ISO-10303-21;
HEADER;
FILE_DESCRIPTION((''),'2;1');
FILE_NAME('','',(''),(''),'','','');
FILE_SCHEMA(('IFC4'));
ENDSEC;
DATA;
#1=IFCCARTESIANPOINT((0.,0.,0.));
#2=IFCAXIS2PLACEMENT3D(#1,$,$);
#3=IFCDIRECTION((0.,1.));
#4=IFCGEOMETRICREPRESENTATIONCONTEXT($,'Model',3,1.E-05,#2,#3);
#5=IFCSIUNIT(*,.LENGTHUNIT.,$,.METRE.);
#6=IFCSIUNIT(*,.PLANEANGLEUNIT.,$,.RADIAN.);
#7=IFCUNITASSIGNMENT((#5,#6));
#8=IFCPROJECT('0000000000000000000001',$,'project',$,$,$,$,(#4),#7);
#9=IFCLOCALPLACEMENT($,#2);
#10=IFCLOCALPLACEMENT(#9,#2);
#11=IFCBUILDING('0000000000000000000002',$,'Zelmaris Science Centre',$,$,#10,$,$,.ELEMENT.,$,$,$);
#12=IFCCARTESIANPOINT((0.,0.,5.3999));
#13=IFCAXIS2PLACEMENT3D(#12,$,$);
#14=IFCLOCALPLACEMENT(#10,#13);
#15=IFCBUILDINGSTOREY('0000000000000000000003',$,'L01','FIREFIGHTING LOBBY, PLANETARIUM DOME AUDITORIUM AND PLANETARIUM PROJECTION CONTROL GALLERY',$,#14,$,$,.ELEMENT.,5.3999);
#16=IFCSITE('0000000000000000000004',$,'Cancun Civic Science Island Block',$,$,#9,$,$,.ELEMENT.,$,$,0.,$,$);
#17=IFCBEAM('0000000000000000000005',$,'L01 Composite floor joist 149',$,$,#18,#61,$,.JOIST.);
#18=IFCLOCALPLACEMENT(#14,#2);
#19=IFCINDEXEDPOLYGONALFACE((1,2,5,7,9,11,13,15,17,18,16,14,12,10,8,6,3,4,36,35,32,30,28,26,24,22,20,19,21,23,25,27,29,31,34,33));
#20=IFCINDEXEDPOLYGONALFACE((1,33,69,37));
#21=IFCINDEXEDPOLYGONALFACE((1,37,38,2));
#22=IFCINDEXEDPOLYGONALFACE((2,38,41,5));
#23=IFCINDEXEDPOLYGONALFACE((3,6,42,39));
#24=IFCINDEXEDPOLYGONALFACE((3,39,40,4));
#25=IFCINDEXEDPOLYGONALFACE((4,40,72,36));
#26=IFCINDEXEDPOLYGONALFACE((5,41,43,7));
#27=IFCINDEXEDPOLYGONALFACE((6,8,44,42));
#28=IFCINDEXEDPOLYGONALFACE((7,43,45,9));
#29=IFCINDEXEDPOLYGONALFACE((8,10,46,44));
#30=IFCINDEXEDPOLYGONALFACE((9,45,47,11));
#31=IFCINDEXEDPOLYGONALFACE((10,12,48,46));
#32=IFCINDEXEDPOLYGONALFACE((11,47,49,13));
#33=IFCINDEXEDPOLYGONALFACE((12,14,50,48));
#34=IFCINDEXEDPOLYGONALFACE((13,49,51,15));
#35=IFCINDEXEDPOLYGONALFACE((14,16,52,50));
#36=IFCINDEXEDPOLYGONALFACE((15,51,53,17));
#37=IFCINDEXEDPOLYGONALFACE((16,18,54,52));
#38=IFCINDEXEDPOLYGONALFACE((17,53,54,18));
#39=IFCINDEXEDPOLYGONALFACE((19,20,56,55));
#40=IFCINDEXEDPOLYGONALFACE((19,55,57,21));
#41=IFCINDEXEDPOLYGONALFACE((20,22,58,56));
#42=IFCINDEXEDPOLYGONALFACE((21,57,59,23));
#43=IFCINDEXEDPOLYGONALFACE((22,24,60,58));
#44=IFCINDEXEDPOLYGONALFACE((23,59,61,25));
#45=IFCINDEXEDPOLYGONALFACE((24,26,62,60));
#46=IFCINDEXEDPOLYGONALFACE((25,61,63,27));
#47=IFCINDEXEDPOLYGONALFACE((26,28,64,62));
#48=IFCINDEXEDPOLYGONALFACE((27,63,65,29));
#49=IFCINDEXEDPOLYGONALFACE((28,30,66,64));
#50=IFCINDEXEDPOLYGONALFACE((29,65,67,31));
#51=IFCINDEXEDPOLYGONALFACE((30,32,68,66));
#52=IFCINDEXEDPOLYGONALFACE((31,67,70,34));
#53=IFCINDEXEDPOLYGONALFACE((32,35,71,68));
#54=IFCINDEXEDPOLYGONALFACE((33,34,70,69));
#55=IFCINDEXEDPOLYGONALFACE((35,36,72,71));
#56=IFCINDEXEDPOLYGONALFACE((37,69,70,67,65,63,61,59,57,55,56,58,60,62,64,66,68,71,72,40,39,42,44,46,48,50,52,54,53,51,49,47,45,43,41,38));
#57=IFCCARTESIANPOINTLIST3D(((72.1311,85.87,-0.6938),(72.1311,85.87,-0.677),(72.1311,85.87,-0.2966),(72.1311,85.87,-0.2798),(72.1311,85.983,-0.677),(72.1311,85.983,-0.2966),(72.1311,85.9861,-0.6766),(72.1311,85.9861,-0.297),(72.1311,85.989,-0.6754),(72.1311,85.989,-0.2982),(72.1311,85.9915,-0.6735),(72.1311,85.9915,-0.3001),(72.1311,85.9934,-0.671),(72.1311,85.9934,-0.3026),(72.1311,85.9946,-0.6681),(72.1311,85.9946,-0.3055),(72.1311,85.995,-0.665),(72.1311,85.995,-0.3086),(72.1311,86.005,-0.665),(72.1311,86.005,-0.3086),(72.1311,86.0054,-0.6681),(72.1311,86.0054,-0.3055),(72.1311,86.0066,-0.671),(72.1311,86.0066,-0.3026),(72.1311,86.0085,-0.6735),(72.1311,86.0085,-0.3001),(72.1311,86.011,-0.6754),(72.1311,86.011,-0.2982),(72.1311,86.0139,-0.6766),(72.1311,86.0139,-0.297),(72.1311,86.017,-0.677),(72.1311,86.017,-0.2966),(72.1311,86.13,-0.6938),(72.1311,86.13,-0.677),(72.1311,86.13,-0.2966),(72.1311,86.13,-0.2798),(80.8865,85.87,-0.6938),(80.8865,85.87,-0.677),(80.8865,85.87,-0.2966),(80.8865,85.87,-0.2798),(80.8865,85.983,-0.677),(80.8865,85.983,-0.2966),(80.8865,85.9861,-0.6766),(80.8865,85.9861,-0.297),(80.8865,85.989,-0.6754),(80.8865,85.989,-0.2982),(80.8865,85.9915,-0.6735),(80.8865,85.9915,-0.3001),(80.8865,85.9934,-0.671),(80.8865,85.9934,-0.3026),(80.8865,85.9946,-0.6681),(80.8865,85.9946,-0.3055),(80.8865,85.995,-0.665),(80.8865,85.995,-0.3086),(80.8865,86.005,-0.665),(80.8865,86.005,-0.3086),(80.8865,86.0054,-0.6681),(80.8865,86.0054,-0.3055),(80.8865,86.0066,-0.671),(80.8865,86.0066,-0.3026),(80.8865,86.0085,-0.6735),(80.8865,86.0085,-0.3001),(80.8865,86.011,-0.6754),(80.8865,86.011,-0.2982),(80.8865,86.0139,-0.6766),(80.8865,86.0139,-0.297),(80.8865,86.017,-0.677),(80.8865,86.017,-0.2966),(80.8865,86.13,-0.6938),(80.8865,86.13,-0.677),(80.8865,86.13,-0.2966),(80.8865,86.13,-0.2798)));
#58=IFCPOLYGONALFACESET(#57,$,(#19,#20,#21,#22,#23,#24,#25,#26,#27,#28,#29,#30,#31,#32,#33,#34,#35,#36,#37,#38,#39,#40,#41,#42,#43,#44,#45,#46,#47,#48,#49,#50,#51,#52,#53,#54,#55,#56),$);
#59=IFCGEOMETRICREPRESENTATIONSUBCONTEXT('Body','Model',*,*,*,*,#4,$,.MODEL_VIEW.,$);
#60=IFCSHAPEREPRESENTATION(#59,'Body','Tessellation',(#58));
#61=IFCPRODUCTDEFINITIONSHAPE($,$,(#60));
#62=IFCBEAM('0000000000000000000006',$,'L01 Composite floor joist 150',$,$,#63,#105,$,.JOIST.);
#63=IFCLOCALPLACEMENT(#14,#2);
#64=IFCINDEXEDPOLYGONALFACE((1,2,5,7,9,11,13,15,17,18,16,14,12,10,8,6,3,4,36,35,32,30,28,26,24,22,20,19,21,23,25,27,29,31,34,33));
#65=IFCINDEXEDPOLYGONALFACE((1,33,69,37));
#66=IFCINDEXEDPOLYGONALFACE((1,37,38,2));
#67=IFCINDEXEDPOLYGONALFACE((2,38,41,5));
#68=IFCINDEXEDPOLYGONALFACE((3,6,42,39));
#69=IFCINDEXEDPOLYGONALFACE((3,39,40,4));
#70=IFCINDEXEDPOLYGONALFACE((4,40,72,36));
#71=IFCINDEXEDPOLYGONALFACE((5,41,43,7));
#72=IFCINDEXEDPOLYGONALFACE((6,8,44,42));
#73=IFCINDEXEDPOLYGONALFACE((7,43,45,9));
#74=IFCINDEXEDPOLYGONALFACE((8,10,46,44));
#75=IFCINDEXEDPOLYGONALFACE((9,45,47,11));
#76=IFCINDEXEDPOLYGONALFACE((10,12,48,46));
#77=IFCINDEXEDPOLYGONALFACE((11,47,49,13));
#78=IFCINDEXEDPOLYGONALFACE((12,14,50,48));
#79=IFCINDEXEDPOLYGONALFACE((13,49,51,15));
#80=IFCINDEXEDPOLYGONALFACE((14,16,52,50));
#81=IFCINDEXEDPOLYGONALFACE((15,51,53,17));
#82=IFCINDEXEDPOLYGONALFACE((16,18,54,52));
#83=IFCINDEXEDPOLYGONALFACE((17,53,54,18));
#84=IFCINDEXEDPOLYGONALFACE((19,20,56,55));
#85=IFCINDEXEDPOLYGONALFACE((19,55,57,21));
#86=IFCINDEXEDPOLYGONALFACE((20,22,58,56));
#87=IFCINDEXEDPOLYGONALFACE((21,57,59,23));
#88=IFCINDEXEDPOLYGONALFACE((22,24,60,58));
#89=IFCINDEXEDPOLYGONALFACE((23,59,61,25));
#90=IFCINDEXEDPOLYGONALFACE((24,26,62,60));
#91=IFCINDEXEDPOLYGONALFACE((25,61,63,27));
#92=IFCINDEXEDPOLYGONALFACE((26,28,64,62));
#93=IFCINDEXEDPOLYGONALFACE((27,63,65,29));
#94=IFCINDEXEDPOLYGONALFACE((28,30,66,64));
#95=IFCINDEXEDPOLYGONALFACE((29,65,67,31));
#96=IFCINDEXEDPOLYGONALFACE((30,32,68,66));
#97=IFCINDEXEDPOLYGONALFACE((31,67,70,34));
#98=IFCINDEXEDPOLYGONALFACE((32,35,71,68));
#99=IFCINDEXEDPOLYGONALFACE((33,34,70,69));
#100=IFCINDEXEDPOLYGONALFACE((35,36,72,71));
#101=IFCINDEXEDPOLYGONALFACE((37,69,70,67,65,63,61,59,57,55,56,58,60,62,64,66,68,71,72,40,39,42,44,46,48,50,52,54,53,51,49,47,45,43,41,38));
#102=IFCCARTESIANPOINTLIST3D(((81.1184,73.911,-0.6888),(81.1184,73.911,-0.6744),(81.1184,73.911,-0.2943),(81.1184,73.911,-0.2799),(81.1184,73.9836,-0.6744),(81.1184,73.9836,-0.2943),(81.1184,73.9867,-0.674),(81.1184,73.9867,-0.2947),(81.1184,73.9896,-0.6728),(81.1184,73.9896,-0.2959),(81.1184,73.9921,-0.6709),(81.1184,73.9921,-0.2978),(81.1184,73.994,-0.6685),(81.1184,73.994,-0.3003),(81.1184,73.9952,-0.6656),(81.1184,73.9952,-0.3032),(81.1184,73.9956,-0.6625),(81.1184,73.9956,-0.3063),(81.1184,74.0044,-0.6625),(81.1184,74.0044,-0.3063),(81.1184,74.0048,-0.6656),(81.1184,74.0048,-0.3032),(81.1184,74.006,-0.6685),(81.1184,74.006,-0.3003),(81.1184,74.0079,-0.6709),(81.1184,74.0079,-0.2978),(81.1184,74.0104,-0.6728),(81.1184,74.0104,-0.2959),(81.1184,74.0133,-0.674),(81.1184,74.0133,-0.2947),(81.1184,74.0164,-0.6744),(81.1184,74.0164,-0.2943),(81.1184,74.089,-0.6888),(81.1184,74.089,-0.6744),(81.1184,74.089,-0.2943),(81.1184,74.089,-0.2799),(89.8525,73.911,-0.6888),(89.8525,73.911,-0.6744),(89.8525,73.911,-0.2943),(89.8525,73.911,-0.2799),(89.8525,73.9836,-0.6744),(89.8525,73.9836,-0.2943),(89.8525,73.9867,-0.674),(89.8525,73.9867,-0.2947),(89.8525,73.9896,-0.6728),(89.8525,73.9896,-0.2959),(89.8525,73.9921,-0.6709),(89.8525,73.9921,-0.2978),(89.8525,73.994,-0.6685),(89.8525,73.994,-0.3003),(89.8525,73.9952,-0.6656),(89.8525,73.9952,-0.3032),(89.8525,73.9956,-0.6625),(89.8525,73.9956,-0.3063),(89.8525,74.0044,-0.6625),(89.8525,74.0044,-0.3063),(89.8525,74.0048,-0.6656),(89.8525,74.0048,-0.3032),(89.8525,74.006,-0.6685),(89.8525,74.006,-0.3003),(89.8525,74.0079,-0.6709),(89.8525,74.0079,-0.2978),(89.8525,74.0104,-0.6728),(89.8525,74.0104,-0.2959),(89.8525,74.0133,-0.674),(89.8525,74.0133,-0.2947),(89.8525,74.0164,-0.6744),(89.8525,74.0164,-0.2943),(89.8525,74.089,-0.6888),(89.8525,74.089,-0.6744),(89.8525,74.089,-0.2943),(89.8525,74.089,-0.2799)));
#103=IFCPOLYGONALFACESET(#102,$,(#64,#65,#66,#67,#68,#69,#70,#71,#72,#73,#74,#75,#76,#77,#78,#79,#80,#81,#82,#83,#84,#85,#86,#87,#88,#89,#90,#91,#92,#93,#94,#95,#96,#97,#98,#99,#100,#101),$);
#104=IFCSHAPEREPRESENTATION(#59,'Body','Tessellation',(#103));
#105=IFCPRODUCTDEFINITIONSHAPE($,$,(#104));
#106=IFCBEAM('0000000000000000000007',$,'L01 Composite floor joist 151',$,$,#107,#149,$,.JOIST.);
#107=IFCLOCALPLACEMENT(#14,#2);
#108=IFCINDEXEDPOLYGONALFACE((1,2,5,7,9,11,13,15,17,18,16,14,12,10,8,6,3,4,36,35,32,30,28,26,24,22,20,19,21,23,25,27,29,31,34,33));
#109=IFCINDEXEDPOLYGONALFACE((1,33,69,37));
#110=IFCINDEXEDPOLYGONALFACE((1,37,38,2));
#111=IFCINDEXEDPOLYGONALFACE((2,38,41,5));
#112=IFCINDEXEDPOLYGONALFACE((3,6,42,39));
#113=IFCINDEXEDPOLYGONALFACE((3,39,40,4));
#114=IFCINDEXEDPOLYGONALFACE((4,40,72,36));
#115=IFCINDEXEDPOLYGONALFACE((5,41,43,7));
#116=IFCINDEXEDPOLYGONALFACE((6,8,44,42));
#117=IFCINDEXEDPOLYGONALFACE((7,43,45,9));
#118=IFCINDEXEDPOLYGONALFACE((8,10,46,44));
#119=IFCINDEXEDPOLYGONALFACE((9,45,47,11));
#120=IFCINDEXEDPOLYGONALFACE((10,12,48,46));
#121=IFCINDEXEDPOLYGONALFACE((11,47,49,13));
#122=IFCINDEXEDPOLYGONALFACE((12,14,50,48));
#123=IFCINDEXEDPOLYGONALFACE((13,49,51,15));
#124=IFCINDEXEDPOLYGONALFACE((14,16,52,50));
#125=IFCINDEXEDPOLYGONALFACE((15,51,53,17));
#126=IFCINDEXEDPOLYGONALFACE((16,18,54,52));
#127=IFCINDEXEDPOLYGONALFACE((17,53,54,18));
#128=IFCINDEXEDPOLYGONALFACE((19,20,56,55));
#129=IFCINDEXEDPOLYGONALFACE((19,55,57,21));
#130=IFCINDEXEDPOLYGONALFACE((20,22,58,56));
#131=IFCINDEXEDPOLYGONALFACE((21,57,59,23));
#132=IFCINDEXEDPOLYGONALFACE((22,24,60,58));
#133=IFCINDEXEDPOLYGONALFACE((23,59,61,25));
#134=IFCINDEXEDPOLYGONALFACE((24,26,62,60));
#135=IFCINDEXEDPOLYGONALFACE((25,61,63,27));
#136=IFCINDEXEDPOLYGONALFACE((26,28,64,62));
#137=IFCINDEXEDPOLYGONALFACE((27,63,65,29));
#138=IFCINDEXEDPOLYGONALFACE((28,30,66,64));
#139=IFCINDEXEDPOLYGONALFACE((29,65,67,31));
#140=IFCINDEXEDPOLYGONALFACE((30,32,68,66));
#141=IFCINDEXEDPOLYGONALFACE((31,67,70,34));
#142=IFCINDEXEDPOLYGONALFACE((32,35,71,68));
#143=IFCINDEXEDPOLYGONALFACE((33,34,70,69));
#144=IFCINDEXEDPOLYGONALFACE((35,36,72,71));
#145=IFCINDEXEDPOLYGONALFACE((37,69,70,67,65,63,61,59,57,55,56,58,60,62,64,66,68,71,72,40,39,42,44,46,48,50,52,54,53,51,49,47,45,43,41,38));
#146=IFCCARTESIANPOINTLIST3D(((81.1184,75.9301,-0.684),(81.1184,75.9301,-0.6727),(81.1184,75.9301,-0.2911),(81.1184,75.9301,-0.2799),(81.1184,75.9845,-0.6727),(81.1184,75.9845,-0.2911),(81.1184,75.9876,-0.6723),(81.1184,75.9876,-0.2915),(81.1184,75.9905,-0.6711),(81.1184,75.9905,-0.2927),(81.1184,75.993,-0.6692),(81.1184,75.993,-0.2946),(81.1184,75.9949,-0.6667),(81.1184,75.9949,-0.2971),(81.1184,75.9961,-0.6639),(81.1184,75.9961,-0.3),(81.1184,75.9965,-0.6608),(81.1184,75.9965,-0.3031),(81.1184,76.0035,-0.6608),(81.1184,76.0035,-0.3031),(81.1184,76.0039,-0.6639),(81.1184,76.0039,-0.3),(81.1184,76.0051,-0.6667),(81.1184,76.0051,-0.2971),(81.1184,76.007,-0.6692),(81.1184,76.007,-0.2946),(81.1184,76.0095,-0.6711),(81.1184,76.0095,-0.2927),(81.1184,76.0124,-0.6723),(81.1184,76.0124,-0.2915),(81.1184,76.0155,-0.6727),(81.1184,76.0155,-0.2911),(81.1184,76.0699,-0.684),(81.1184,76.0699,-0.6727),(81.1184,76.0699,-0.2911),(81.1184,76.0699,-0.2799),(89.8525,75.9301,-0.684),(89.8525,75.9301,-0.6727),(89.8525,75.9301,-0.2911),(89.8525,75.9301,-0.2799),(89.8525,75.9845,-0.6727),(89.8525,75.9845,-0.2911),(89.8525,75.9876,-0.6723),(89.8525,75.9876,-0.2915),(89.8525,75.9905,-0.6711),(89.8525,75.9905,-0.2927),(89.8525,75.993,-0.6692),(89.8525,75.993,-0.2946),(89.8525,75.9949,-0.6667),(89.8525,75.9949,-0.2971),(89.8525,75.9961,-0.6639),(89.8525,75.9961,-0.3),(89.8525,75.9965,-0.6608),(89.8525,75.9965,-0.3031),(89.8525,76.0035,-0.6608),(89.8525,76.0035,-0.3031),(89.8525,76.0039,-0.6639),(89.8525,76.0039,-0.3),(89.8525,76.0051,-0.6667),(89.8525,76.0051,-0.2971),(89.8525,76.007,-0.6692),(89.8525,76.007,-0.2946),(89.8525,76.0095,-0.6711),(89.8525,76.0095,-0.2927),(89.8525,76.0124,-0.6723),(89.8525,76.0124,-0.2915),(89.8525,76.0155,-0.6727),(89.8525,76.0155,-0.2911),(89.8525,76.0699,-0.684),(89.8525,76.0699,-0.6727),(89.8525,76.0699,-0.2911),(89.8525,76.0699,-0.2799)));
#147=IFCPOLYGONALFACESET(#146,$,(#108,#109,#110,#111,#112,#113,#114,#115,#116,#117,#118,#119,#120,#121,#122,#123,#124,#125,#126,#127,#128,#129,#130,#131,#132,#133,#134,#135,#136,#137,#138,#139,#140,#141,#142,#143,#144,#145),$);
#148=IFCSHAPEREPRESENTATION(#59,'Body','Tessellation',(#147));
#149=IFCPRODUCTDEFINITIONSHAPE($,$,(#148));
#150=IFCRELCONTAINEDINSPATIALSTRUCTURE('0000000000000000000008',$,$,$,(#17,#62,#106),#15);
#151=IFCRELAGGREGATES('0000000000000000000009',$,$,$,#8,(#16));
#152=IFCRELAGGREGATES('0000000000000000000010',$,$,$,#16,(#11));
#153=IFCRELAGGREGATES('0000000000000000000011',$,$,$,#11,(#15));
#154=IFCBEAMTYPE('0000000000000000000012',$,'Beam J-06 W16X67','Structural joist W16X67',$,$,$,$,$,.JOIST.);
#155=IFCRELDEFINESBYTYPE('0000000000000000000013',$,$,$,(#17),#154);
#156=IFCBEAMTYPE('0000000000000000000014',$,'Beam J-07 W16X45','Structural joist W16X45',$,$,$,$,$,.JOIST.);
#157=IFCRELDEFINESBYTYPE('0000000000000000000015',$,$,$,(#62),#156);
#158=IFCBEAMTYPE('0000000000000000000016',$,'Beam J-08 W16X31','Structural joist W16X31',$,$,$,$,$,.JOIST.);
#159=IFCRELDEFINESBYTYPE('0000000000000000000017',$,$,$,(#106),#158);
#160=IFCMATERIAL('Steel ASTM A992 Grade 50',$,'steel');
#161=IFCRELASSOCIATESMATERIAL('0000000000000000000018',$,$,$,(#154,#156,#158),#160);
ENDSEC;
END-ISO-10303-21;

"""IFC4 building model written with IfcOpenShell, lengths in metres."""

from ifc_helpers import new_model, si_unit, direction, frame, origin, origin_2d, place, context, subcontext, project, spatial, i_section, extrude, material, material_profile, profile_set, type_object, element, save


model = new_model("IFC4")

# Units and contexts
model_context = context("Model", 3, precision=1e-05, world=origin(), true_north=direction((0.0, 1.0)))
body_context = subcontext(model_context, "Body", "Model", "MODEL_VIEW")
ifc_project = project(units=[si_unit("LENGTHUNIT", "METRE"), si_unit("PLANEANGLEUNIT", "RADIAN")], contexts=[model_context])

# Site, building, storey
site_placement = place(None, origin())
site = spatial("IfcSite", under=ifc_project, at=site_placement, Name="Cancun Civic Science Island Block", CompositionType="ELEMENT", RefElevation=0.0)
building_placement = place(site_placement, origin())
building = spatial("IfcBuilding", under=site, at=building_placement, Name="Zelmaris Science Centre", CompositionType="ELEMENT")
storey_placement = place(building_placement, frame((0.0, 0.0, 5.3999)))
storey = spatial("IfcBuildingStorey", under=building, at=storey_placement, Name="L01", Description="FIREFIGHTING LOBBY, PLANETARIUM DOME AUDITORIUM AND PLANETARIUM PROJECTION CONTROL GALLERY", CompositionType="ELEMENT", Elevation=5.3999)

# Shared definitions
ifc_material_1 = material(Name="Steel ASTM A992 Grade 50", Category="steel")

# Beams
ifc_material_profile_1 = material_profile(ifc_material_1, i_section(OverallWidth=0.26, OverallDepth=0.4141, WebThickness=0.01, FlangeThickness=0.0168, FilletRadius=0.012, at=origin_2d()), Name="W16X67")
ifc_profile_set_1 = profile_set([ifc_material_profile_1], Name="Steel ASTM A992 Grade 50")
beam_type_1 = type_object("IfcBeamType", Name="Beam J-06 W16X67", Description="Structural joist W16X67", PredefinedType="JOIST", material=ifc_profile_set_1)
beam_1_placement = place(storey_placement, frame((72.1311, 86.0, -0.4868), z_axis=(1.0, 0.0, 0.0), x_axis=(0.0, 1.0, 0.0)))
element("IfcBeam", 1, at=beam_1_placement, inside=storey, type_object=beam_type_1, Name="L01 Composite floor joist 149", PredefinedType="JOIST", context=body_context, shape_type="SweptSolid", body=[
    extrude(i_section(OverallWidth=0.26, OverallDepth=0.4141, WebThickness=0.01, FlangeThickness=0.0168, FilletRadius=0.012, at=origin_2d()), origin(), (0.0, 0.0, 1.0), 8.7554),
])
ifc_material_profile_2 = material_profile(ifc_material_1, i_section(OverallWidth=0.178, OverallDepth=0.4089, WebThickness=0.0088, FlangeThickness=0.0144, FilletRadius=0.012, at=origin_2d()), Name="W16X45")
ifc_profile_set_2 = profile_set([ifc_material_profile_2], Name="Steel ASTM A992 Grade 50")
beam_type_2 = type_object("IfcBeamType", Name="Beam J-07 W16X45", Description="Structural joist W16X45", PredefinedType="JOIST", material=ifc_profile_set_2)
beam_2_placement = place(storey_placement, frame((81.1184, 74.0, -0.4844), z_axis=(1.0, 0.0, 0.0), x_axis=(0.0, 1.0, 0.0)))
element("IfcBeam", 2, at=beam_2_placement, inside=storey, type_object=beam_type_2, Name="L01 Composite floor joist 150", PredefinedType="JOIST", context=body_context, shape_type="SweptSolid", body=[
    extrude(i_section(OverallWidth=0.178, OverallDepth=0.4089, WebThickness=0.0088, FlangeThickness=0.0144, FilletRadius=0.012, at=origin_2d()), origin(), (0.0, 0.0, 1.0), 8.7341),
])
ifc_material_profile_3 = material_profile(ifc_material_1, i_section(OverallWidth=0.1399, OverallDepth=0.4041, WebThickness=0.0071, FlangeThickness=0.0112, FilletRadius=0.012, at=origin_2d()), Name="W16X31")
ifc_profile_set_3 = profile_set([ifc_material_profile_3], Name="Steel ASTM A992 Grade 50")
beam_type_3 = type_object("IfcBeamType", Name="Beam J-08 W16X31", Description="Structural joist W16X31", PredefinedType="JOIST", material=ifc_profile_set_3)
beam_3_placement = place(storey_placement, frame((81.1184, 76.0, -0.4819), z_axis=(1.0, 0.0, 0.0), x_axis=(0.0, 1.0, 0.0)))
element("IfcBeam", 3, at=beam_3_placement, inside=storey, type_object=beam_type_3, Name="L01 Composite floor joist 151", PredefinedType="JOIST", context=body_context, shape_type="SweptSolid", body=[
    extrude(i_section(OverallWidth=0.1399, OverallDepth=0.4041, WebThickness=0.0071, FlangeThickness=0.0112, FilletRadius=0.012, at=origin_2d()), origin(), (0.0, 0.0, 1.0), 8.7341),
])

save(model, "model.ifc")
